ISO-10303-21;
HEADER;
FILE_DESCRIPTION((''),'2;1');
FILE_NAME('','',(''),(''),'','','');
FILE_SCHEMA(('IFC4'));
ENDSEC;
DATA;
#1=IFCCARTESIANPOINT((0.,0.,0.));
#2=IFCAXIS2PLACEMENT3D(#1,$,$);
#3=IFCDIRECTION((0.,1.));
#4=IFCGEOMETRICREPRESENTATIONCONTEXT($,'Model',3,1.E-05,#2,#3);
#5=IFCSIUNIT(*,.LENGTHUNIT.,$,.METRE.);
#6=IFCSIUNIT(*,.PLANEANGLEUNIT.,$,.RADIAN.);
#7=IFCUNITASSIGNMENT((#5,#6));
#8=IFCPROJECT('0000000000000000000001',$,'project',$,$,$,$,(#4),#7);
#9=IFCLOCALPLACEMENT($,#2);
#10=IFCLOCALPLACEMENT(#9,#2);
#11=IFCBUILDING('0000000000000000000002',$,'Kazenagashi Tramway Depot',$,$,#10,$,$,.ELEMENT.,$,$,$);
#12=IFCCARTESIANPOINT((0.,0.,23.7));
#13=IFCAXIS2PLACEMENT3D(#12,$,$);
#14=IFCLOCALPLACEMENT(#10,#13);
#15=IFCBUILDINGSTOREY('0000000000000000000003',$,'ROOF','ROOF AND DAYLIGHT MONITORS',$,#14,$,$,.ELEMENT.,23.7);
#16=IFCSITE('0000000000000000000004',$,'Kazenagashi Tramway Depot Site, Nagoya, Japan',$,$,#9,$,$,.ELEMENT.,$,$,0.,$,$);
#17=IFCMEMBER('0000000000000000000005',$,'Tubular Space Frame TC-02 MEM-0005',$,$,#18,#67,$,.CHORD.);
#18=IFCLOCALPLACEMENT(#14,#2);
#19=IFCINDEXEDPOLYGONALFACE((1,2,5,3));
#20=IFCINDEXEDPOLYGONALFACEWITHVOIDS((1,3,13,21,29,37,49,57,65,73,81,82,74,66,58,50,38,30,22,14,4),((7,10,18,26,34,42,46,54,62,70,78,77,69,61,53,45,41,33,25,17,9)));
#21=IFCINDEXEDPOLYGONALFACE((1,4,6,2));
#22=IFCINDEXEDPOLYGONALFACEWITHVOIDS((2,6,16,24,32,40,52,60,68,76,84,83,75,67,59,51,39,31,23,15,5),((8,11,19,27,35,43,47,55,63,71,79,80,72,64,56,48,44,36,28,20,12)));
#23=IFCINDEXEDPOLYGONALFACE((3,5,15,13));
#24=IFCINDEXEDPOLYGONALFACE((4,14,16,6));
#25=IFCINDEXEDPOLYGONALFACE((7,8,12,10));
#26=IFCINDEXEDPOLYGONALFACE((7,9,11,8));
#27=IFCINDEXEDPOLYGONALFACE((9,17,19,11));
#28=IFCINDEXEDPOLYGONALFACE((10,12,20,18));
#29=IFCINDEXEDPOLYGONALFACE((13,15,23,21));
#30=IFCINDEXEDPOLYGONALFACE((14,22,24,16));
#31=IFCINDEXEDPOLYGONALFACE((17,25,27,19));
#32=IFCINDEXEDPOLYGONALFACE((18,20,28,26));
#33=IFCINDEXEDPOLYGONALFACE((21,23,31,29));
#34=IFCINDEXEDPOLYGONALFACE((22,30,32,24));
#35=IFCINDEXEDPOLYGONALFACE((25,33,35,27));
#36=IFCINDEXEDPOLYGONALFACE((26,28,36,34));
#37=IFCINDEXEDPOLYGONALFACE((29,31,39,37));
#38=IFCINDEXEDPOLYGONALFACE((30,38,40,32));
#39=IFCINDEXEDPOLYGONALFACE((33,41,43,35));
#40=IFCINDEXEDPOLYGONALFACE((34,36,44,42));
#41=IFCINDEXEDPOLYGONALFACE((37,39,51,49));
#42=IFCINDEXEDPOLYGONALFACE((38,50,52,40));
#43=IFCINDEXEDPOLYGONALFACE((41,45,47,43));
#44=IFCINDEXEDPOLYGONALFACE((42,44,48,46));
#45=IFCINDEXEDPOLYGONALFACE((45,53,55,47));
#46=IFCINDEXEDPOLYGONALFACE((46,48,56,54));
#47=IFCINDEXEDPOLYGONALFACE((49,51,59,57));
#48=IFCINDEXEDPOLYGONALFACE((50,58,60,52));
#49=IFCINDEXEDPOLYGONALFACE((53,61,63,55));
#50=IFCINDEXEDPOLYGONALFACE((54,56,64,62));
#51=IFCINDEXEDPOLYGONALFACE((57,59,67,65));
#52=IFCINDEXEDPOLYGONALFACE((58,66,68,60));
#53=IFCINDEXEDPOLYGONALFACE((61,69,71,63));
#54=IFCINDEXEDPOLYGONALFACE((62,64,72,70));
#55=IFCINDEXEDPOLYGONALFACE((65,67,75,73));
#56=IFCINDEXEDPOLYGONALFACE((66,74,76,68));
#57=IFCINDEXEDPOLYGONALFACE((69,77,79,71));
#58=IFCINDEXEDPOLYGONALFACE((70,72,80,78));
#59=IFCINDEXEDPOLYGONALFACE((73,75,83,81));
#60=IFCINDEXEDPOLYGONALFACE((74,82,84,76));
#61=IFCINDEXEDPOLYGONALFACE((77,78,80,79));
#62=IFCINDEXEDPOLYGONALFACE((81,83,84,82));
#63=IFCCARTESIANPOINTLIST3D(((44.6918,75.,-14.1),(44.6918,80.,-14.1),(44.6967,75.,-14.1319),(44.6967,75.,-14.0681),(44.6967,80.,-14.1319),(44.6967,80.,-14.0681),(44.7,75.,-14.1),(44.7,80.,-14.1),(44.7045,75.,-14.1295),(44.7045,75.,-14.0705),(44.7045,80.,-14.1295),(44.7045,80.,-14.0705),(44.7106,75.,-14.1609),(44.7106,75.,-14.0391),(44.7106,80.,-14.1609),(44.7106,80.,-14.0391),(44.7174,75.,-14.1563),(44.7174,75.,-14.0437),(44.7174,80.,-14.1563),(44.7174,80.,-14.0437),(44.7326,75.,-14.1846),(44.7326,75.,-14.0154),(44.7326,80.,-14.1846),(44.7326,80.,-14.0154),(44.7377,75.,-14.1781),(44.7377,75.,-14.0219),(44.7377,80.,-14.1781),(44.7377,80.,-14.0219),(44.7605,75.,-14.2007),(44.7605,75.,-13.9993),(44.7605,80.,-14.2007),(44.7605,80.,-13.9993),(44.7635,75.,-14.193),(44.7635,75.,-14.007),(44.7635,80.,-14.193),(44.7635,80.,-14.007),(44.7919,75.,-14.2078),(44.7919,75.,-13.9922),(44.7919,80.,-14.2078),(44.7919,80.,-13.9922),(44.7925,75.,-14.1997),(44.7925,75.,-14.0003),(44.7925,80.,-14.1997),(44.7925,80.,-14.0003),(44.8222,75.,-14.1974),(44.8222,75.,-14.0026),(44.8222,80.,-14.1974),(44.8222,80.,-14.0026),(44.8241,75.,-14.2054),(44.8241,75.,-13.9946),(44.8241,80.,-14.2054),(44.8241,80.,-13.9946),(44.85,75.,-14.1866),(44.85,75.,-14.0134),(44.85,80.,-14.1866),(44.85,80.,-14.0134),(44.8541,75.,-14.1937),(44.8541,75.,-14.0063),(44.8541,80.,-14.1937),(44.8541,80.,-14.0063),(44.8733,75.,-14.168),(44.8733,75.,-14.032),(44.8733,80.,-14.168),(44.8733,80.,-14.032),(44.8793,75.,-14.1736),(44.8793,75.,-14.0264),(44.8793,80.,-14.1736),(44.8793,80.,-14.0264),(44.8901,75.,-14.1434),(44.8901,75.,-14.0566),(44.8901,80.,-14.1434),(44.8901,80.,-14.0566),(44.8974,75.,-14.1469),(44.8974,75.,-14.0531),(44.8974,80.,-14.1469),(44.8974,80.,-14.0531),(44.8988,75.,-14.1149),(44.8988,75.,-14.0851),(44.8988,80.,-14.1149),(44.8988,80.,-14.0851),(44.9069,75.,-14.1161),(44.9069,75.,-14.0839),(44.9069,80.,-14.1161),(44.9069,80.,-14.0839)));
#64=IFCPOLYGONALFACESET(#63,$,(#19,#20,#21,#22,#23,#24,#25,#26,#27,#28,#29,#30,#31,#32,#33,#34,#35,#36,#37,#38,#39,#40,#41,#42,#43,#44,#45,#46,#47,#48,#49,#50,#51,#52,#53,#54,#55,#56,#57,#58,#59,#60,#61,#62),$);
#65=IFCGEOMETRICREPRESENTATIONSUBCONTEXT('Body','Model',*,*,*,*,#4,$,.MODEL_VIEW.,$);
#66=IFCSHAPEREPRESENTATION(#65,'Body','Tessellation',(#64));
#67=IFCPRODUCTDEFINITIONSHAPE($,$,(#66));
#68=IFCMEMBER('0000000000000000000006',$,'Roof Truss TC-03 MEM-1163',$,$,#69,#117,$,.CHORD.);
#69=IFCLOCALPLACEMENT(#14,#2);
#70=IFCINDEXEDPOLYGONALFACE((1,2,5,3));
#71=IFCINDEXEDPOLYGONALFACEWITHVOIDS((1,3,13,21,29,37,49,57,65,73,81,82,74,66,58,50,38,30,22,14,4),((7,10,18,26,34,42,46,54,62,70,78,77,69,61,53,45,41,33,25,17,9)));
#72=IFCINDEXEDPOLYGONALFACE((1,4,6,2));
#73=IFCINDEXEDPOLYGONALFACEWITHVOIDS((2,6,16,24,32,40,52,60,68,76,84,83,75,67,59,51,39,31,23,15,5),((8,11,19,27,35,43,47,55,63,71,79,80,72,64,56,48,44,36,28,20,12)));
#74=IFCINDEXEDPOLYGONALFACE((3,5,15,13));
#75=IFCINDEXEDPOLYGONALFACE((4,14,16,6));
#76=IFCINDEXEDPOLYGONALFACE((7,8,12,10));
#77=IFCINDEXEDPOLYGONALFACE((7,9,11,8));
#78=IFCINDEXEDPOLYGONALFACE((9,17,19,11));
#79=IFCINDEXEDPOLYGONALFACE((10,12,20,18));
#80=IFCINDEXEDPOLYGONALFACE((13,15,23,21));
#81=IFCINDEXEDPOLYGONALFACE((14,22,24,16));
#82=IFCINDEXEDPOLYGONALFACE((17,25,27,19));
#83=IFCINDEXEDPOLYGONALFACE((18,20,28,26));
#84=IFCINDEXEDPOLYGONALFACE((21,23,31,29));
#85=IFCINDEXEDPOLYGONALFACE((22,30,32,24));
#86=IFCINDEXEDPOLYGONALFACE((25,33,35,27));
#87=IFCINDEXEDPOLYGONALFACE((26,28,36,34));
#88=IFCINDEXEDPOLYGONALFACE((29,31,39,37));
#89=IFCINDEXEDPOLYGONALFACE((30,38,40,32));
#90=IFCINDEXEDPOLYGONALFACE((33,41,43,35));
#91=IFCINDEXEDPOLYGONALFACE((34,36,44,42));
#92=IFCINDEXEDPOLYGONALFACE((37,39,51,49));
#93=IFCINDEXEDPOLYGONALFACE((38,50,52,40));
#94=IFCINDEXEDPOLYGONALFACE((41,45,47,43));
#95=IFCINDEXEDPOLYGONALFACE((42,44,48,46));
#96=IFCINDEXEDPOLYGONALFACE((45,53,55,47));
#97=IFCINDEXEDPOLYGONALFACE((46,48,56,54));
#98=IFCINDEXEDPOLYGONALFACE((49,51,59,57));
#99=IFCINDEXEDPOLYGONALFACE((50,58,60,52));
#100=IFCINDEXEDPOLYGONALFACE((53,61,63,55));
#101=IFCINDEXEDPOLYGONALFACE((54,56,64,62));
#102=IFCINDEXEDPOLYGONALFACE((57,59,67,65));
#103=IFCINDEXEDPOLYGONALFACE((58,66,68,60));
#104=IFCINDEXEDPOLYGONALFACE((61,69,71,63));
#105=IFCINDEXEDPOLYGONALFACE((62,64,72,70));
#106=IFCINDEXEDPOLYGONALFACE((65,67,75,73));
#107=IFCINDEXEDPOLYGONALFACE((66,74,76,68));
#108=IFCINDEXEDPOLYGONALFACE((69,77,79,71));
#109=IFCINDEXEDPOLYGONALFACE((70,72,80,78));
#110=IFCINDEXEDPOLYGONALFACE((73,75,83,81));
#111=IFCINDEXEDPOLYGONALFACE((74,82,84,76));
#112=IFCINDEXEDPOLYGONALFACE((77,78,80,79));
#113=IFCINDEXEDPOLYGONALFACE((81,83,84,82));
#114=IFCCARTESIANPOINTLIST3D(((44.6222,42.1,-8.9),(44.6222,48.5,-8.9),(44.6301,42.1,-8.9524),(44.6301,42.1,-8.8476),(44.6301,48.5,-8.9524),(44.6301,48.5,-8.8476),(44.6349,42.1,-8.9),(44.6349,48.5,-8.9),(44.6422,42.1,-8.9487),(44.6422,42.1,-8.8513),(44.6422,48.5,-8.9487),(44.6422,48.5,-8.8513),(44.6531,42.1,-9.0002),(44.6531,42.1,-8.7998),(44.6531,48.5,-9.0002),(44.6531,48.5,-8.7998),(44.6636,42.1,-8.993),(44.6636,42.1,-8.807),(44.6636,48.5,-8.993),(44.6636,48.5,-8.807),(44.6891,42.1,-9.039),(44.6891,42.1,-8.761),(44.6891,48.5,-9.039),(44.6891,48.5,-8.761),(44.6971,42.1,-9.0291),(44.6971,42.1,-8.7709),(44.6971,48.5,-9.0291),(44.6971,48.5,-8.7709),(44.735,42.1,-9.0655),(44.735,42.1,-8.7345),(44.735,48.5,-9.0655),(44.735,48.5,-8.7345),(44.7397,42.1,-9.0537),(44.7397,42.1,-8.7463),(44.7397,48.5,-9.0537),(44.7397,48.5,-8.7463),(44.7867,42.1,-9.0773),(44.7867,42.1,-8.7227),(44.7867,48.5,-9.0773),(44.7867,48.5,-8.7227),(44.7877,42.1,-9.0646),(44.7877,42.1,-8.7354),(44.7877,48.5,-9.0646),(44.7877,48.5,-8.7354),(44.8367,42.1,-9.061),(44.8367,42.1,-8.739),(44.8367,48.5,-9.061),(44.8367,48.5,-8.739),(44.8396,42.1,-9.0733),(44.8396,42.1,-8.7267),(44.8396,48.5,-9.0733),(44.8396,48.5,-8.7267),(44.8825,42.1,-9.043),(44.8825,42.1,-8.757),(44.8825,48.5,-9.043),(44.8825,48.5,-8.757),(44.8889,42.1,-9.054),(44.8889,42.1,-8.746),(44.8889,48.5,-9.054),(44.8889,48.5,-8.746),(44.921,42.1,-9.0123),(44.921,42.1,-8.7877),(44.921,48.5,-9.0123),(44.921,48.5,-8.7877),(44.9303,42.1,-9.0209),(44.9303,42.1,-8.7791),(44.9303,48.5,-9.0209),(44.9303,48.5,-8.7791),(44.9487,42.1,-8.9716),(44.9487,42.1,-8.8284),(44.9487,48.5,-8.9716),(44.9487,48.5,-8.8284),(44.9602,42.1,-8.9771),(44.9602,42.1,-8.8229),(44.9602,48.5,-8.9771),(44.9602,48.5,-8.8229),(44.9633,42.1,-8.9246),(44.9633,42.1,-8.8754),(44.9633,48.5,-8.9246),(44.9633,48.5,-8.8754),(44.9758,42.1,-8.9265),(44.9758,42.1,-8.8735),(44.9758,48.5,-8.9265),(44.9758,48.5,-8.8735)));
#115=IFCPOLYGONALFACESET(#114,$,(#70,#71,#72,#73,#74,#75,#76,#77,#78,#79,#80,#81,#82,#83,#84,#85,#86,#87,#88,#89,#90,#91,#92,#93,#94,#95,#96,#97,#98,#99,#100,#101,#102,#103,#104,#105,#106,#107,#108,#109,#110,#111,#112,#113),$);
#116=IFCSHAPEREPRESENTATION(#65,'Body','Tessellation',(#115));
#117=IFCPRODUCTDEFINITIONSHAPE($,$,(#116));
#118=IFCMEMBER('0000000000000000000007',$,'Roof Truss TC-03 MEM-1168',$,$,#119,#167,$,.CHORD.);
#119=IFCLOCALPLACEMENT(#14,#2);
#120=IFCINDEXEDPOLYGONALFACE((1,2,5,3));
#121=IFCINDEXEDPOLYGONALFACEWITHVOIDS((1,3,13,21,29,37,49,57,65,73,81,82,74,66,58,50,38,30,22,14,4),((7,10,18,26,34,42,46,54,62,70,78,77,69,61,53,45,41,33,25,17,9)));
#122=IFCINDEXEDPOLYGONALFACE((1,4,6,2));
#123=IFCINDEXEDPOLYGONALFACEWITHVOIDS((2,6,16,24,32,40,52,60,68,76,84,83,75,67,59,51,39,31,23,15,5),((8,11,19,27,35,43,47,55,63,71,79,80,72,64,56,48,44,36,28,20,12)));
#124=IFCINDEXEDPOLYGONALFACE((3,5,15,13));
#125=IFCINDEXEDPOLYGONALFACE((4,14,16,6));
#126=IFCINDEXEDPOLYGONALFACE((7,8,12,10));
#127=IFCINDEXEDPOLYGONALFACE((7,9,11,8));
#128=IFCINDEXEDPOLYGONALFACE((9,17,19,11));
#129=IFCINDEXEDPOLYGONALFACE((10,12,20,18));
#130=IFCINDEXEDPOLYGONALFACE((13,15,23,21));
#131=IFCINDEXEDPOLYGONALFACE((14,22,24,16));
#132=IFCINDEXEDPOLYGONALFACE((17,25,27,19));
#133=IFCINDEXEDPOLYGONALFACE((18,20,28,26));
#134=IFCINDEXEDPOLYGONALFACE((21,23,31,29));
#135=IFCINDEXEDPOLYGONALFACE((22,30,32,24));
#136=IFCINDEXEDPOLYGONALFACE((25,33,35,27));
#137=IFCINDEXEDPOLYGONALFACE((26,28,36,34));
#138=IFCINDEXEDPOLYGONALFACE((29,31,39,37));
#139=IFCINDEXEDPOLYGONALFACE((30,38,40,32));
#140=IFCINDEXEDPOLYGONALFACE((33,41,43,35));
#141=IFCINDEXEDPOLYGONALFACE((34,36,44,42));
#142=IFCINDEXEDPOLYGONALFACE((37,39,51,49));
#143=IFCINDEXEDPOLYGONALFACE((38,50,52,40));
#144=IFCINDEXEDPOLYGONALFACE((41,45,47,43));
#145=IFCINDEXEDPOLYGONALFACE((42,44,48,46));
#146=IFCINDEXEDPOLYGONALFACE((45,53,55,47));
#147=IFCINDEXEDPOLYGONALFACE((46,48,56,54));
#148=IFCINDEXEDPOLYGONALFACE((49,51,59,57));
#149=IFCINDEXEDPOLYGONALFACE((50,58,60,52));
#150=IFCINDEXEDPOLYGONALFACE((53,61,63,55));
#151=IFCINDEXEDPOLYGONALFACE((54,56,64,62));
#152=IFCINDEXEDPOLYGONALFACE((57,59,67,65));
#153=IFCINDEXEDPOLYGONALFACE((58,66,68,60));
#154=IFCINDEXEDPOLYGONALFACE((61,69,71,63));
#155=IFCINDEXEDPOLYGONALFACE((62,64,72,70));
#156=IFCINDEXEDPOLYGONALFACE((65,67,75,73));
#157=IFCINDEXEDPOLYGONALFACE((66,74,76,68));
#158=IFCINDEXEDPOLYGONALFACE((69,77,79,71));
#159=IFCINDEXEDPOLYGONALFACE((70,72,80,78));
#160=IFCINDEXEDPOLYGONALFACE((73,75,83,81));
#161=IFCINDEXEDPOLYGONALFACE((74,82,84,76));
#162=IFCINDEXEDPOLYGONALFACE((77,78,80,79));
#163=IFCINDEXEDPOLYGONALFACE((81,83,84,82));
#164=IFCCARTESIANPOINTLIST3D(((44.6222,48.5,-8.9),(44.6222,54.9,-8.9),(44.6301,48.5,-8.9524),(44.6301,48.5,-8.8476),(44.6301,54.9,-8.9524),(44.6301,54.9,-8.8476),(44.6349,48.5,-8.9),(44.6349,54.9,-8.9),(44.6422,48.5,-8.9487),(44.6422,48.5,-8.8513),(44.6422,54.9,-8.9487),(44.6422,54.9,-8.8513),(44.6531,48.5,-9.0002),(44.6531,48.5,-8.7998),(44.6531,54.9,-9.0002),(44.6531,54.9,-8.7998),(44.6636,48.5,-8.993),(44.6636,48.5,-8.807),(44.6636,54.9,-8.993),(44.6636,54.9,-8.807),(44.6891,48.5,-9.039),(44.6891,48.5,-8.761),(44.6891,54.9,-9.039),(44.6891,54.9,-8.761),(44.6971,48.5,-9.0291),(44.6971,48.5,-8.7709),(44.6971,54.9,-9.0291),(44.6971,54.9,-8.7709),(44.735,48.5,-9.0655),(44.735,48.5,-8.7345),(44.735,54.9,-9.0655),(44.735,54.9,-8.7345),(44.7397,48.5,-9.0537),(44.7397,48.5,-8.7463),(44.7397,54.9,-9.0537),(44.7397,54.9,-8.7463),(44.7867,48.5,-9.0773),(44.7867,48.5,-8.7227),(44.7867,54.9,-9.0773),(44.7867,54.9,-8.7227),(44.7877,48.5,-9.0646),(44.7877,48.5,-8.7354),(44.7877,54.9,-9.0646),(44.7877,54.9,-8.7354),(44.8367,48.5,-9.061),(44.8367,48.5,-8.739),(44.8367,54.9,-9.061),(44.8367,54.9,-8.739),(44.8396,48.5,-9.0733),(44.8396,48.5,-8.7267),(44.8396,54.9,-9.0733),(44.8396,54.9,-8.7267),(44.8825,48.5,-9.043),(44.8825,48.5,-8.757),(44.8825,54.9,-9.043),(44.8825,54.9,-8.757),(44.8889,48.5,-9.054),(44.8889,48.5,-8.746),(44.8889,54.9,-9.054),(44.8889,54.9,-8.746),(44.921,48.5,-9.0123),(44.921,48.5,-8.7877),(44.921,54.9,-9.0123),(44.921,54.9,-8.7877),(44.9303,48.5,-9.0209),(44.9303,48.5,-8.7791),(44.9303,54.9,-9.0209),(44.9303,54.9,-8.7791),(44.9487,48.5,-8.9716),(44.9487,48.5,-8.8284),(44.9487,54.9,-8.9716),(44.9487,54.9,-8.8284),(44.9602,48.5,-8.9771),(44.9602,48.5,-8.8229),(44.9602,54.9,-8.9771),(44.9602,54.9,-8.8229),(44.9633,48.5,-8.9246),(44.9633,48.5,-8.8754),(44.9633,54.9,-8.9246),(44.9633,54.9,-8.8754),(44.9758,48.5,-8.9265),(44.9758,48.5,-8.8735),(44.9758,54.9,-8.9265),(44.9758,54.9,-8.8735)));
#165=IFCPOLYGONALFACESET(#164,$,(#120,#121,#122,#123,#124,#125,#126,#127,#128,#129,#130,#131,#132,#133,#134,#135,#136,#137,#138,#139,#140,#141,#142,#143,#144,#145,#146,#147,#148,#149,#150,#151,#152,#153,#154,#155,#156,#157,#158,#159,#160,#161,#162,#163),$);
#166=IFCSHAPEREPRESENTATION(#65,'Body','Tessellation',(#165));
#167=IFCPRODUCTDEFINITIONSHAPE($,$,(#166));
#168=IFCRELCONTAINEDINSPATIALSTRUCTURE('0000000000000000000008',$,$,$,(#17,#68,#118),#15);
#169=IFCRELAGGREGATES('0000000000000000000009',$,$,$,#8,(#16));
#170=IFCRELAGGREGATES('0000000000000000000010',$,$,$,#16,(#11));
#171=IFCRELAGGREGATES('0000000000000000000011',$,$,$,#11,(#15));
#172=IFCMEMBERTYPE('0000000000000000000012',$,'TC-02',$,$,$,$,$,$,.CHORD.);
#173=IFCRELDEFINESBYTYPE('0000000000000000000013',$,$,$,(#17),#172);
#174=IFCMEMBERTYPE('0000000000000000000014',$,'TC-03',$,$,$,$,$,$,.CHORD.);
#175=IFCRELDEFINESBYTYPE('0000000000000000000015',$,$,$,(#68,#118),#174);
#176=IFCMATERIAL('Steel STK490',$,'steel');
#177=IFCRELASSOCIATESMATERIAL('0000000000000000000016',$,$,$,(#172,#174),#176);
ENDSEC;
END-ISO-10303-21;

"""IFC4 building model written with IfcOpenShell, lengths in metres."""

from ifc_helpers import new_model, si_unit, direction, frame, origin, origin_2d, place, context, subcontext, project, spatial, hollow_circle, extrude, material, material_profile, profile_set, type_object, element, save


model = new_model("IFC4")

# Units and contexts
model_context = context("Model", 3, precision=1e-05, world=origin(), true_north=direction((0.0, 1.0)))
body_context = subcontext(model_context, "Body", "Model", "MODEL_VIEW")
ifc_project = project(units=[si_unit("LENGTHUNIT", "METRE"), si_unit("PLANEANGLEUNIT", "RADIAN")], contexts=[model_context])

# Site, building, storey
site_placement = place(None, origin())
site = spatial("IfcSite", under=ifc_project, at=site_placement, Name="Kazenagashi Tramway Depot Site, Nagoya, Japan", CompositionType="ELEMENT", RefElevation=0.0)
building_placement = place(site_placement, origin())
building = spatial("IfcBuilding", under=site, at=building_placement, Name="Kazenagashi Tramway Depot", CompositionType="ELEMENT")
storey_placement = place(building_placement, frame((0.0, 0.0, 23.7)))
storey = spatial("IfcBuildingStorey", under=building, at=storey_placement, Name="ROOF", Description="ROOF AND DAYLIGHT MONITORS", CompositionType="ELEMENT", Elevation=23.7)

# Members
ifc_material_1 = material(Name="Steel STK490", Category="steel")
ifc_material_profile_1 = material_profile(ifc_material_1, hollow_circle(Radius=0.1081, WallThickness=0.0082, at=origin_2d()), Name="CHS-216.3x8.2")
ifc_profile_set_1 = profile_set([ifc_material_profile_1], Name="Steel STK490")
member_type_1 = type_object("IfcMemberType", Name="TC-02", PredefinedType="CHORD", material=ifc_profile_set_1)
for number, where, z_axis, x_axis, name in (
    (1, (44.8, 75.0, -14.1), (0.0, 1.0, 0.0), (-1.0, 0.0, 0.0), "Tubular Space Frame TC-02 MEM-0005"),
):
    element("IfcMember", number, at=place(storey_placement, frame(where, z_axis=z_axis, x_axis=x_axis)), inside=storey, type_object=member_type_1, Name=name, PredefinedType="CHORD", context=body_context, shape_type="SweptSolid", body=[
        extrude(hollow_circle(Radius=0.1081, WallThickness=0.0082, at=origin_2d()), origin(), (0.0, 0.0, 1.0), 5.0),
    ])
ifc_material_profile_2 = material_profile(ifc_material_1, hollow_circle(Radius=0.1778, WallThickness=0.0127, at=origin_2d()), Name="CHS-355.6x12.7")
ifc_profile_set_2 = profile_set([ifc_material_profile_2], Name="Steel STK490")
member_type_2 = type_object("IfcMemberType", Name="TC-03", PredefinedType="CHORD", material=ifc_profile_set_2)
for number, where, z_axis, x_axis, name in (
    (2, (44.8, 42.1, -8.9), (0.0, 1.0, 0.0), (-1.0, 0.0, 0.0), "Roof Truss TC-03 MEM-1163"),
    (3, (44.8, 48.5, -8.9), (0.0, 1.0, 0.0), (-1.0, 0.0, 0.0), "Roof Truss TC-03 MEM-1168"),
):
    element("IfcMember", number, at=place(storey_placement, frame(where, z_axis=z_axis, x_axis=x_axis)), inside=storey, type_object=member_type_2, Name=name, PredefinedType="CHORD", context=body_context, shape_type="SweptSolid", body=[
        extrude(hollow_circle(Radius=0.1778, WallThickness=0.0127, at=origin_2d()), origin(), (0.0, 0.0, 1.0), 6.4),
    ])

save(model, "model.ifc")
